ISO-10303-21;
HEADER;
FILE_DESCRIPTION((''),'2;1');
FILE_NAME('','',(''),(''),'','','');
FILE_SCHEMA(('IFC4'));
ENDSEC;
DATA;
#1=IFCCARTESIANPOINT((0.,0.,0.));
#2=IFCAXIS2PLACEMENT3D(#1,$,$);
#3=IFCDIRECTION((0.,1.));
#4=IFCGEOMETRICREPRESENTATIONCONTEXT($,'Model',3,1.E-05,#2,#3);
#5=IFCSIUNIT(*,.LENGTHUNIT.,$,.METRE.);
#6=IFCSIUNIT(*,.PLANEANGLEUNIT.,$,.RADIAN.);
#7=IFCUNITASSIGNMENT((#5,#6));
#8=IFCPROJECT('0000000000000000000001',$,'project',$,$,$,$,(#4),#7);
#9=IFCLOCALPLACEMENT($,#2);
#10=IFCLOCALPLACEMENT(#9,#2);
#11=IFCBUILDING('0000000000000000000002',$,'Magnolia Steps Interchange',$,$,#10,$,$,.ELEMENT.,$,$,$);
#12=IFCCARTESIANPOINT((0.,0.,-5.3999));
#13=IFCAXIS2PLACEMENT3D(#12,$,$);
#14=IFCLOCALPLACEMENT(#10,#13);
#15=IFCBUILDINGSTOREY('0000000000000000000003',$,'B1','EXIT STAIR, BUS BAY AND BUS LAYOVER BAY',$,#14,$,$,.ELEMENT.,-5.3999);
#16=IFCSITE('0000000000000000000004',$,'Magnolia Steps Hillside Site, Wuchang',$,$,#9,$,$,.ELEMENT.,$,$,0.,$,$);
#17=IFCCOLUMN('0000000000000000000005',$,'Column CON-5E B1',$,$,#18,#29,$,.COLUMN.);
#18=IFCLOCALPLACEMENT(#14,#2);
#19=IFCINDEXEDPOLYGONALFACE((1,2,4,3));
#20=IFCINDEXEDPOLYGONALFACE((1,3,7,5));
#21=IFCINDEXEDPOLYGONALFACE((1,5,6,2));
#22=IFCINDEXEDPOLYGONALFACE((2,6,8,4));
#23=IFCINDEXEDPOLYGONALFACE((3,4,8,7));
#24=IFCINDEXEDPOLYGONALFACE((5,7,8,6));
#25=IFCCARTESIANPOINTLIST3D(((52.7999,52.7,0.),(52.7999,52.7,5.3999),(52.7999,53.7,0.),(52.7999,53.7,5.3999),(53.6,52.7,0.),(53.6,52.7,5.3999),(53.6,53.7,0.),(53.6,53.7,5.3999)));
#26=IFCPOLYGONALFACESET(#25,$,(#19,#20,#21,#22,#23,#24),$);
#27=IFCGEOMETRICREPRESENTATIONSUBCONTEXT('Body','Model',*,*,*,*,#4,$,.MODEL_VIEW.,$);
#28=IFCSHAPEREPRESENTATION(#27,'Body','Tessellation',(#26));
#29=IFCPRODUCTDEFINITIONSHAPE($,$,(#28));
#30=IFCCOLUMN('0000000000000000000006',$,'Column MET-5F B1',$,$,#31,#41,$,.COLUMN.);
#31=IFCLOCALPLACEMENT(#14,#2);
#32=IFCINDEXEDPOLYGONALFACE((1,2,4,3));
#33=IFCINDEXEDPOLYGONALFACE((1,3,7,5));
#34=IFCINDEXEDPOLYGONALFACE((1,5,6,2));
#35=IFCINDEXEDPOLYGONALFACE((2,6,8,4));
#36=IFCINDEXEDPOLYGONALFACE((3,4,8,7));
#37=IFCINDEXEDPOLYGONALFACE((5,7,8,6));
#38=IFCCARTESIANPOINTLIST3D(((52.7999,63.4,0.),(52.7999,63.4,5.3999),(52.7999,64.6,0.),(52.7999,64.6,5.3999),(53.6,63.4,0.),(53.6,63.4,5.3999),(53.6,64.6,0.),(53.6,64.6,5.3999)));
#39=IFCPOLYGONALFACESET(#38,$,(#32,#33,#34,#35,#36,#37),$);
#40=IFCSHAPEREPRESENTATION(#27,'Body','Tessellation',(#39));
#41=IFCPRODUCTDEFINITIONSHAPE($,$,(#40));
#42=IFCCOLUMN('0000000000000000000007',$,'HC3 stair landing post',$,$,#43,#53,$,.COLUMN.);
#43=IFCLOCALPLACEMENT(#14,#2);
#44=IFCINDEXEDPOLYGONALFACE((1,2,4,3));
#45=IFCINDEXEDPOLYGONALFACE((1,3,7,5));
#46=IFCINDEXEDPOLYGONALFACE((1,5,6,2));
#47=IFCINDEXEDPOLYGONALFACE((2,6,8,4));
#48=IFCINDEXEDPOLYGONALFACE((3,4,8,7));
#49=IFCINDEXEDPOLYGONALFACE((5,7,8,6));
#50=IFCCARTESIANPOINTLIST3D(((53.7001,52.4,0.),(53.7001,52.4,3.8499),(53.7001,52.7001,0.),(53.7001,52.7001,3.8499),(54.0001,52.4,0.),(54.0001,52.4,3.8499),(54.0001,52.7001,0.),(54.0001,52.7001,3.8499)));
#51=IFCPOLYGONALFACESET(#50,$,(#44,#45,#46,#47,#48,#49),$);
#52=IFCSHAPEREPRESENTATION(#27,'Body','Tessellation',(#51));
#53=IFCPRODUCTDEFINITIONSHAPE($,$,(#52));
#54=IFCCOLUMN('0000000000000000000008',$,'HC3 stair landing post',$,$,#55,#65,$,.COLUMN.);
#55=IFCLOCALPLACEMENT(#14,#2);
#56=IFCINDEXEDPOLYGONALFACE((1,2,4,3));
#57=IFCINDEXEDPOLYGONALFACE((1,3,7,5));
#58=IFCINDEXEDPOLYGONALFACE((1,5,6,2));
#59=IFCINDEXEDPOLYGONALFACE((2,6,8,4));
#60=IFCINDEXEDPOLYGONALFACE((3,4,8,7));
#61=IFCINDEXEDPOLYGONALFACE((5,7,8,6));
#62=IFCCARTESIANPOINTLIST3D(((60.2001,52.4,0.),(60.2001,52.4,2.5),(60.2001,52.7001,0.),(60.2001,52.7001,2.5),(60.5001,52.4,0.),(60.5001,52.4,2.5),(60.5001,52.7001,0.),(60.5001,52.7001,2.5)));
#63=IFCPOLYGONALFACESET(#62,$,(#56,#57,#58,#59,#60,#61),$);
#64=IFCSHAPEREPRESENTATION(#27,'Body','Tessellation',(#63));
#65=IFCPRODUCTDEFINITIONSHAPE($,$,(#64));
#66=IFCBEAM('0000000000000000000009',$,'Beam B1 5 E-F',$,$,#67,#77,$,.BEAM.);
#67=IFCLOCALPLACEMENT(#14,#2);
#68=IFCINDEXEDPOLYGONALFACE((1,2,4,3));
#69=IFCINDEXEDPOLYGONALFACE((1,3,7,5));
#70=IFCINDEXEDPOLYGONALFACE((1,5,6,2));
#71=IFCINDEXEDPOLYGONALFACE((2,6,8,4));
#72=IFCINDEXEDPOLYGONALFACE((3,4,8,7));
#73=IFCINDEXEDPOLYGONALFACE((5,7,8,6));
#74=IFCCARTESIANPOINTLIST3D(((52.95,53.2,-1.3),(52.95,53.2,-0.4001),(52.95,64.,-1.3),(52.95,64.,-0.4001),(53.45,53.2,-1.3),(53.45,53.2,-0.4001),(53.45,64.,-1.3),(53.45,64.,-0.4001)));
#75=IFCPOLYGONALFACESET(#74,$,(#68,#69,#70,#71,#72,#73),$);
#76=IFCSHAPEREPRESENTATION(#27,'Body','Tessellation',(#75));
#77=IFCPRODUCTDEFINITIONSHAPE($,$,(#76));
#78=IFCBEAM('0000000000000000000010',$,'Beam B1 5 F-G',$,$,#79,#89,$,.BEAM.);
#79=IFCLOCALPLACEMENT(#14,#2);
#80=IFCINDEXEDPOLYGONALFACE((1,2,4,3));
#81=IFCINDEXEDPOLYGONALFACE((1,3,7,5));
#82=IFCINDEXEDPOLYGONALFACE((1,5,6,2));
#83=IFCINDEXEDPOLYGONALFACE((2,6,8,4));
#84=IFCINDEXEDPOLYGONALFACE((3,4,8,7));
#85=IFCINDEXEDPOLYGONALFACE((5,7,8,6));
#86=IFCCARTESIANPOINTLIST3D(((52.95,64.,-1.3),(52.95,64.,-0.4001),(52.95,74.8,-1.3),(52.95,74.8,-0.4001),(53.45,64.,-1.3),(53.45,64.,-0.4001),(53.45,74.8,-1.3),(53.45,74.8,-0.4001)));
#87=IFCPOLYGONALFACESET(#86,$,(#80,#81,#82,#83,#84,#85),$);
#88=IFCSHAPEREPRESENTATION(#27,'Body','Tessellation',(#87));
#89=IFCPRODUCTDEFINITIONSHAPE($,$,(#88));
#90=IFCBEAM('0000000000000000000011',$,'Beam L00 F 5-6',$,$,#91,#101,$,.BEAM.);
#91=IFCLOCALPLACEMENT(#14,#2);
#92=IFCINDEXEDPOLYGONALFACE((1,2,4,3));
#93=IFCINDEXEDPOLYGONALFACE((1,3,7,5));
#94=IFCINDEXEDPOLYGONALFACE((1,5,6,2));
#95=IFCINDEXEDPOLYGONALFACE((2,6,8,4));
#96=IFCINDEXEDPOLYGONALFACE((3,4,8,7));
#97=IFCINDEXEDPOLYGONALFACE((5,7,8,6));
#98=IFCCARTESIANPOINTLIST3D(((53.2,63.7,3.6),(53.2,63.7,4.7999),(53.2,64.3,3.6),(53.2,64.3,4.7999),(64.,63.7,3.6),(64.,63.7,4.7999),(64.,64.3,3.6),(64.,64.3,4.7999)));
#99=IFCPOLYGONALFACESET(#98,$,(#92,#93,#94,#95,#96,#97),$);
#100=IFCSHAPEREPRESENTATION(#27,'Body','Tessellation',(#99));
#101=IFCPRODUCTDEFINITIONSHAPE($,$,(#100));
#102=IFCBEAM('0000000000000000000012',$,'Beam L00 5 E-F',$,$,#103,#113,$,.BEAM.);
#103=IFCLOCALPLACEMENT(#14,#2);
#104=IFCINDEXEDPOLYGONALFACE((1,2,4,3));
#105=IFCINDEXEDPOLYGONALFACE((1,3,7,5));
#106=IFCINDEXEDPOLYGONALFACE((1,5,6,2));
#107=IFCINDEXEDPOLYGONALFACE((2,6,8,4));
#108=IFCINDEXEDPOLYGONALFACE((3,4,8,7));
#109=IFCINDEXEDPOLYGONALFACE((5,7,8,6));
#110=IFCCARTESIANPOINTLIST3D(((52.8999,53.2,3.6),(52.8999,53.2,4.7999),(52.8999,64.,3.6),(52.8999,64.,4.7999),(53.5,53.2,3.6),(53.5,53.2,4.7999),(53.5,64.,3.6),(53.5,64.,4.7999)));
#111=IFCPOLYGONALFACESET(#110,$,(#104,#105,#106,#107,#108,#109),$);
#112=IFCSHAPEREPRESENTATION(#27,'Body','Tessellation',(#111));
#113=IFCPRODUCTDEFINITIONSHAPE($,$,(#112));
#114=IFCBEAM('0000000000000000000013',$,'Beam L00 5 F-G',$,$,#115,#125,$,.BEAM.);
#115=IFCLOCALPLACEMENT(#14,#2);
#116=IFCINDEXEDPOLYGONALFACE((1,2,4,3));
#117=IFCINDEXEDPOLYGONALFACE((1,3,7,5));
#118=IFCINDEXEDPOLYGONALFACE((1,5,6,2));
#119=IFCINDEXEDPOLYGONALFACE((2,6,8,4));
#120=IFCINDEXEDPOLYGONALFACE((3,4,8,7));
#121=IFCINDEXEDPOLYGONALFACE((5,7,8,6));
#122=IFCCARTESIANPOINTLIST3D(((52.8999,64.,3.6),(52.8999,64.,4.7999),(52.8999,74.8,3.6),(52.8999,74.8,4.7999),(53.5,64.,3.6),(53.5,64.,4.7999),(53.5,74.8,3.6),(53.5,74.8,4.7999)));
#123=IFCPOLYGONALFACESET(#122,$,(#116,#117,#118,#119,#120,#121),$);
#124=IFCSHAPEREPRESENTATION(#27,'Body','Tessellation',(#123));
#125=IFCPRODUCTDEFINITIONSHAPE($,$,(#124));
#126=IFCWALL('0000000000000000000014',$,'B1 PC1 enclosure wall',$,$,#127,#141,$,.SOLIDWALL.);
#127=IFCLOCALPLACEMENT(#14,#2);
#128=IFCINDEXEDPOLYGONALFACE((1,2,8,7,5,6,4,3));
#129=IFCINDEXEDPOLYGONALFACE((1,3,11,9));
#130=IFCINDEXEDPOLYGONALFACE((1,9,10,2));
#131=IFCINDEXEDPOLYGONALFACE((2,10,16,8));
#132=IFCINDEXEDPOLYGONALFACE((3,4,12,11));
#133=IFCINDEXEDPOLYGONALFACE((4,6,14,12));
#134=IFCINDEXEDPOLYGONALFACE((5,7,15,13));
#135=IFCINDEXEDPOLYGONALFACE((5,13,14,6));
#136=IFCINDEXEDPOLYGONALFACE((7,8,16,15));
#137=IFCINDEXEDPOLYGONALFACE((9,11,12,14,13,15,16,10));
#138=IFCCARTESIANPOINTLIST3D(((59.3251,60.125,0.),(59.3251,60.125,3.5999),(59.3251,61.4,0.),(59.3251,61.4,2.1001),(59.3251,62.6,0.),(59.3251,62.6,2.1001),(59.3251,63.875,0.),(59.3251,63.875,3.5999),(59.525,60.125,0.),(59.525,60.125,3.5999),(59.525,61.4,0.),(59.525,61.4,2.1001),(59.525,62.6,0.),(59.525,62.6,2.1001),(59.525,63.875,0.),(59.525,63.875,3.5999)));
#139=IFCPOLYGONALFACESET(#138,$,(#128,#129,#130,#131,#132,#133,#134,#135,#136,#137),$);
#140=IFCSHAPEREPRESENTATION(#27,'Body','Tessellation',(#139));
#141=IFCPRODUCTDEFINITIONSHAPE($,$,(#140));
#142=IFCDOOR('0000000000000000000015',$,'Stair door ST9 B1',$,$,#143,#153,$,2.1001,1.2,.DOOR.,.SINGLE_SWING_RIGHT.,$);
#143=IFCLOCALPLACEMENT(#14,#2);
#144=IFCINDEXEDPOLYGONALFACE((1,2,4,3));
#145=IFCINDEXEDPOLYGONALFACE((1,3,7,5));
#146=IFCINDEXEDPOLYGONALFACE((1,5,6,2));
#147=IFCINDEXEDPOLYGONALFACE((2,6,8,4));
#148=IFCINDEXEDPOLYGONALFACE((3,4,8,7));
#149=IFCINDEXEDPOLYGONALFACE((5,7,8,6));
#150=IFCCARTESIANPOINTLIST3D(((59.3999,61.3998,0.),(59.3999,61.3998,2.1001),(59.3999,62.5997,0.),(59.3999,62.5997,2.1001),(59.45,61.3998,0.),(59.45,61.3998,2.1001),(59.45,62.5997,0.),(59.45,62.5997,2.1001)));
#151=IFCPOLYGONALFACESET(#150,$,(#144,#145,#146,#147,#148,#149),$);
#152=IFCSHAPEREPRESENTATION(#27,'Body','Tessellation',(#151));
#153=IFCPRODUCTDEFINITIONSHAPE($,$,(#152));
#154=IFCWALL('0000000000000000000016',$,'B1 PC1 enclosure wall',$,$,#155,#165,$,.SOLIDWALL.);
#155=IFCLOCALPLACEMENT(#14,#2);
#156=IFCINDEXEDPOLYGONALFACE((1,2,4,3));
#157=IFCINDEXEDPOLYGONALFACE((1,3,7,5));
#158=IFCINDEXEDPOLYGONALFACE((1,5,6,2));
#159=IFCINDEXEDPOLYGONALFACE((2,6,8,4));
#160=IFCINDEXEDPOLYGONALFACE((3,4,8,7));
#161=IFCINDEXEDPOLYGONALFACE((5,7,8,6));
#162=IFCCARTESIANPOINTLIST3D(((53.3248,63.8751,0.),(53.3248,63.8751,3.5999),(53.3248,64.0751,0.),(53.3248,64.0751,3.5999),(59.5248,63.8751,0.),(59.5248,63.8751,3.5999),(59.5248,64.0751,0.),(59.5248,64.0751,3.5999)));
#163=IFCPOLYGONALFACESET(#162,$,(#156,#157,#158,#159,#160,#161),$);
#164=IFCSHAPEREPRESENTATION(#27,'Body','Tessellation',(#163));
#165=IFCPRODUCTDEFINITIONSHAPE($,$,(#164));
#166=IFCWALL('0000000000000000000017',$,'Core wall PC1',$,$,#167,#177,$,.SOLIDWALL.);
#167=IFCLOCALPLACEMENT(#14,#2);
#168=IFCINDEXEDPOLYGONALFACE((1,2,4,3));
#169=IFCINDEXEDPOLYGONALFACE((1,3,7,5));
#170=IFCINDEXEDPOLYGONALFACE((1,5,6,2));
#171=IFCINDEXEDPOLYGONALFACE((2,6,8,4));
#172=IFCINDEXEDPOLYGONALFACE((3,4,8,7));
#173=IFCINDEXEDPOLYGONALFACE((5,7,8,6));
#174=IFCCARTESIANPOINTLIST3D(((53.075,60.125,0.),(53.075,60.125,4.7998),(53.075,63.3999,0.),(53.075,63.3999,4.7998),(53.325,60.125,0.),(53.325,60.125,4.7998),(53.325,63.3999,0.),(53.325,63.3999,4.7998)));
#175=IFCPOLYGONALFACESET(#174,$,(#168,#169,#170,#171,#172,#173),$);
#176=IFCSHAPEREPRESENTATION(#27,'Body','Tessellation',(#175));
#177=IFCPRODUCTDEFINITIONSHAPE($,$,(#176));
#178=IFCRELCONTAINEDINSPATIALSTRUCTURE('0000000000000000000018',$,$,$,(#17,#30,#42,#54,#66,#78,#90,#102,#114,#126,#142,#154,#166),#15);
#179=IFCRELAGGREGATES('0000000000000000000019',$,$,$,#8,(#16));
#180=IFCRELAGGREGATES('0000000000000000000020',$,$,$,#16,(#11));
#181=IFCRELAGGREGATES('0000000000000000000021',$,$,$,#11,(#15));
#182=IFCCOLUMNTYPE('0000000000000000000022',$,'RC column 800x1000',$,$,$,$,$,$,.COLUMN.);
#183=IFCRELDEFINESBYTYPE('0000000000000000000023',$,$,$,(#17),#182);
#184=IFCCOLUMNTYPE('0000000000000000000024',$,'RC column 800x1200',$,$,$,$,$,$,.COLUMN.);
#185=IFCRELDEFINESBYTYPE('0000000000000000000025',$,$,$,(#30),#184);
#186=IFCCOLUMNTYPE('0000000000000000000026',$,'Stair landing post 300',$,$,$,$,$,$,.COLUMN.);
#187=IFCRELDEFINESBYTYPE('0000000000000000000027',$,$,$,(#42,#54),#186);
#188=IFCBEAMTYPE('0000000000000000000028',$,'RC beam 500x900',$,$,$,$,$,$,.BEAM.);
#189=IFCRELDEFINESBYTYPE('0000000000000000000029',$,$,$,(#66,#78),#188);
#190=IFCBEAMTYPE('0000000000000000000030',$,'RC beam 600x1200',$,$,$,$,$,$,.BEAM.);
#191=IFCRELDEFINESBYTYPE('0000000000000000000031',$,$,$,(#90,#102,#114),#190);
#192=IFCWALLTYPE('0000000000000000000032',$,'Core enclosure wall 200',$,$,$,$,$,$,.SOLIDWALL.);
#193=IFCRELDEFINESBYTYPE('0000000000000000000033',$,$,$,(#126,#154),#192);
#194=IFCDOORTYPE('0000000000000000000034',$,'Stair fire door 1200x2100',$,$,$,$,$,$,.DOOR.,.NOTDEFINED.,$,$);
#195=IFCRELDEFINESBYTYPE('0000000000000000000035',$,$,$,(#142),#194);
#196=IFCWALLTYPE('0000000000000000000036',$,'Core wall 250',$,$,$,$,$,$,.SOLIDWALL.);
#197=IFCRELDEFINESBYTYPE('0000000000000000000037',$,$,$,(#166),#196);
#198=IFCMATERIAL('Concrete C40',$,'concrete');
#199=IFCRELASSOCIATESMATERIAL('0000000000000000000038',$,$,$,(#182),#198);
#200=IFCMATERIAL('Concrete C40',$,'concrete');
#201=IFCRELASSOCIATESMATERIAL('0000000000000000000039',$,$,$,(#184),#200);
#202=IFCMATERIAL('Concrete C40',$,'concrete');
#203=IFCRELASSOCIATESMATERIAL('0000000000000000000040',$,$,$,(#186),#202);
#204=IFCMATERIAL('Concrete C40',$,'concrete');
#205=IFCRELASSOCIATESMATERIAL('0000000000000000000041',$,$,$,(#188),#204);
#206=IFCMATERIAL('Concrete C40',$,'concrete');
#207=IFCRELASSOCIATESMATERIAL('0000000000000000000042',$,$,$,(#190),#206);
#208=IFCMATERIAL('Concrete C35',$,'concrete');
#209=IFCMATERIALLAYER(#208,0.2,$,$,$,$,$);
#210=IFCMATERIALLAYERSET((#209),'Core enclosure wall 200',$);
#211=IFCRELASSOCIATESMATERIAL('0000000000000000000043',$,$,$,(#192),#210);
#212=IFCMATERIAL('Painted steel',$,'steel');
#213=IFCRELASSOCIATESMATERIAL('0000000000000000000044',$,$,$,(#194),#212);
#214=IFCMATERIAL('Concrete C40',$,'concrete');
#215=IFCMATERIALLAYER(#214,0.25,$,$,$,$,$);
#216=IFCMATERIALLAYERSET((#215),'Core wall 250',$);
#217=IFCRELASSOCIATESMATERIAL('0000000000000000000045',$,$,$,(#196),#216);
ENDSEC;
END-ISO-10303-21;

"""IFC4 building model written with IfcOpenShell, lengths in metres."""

from ifc_helpers import new_model, si_unit, direction, frame, frame_2d, origin, origin_2d, place, context, subcontext, project, spatial, rectangle, extrude, material, layer, layer_set, material_profile, profile_set, type_object, element, fill, save


model = new_model("IFC4")

# Units and contexts
model_context = context("Model", 3, precision=1e-05, world=origin(), true_north=direction((0.0, 1.0)))
body_context = subcontext(model_context, "Body", "Model", "MODEL_VIEW")
ifc_project = project(units=[si_unit("LENGTHUNIT", "METRE"), si_unit("PLANEANGLEUNIT", "RADIAN")], contexts=[model_context])

# Site, building, storey
site_placement = place(None, origin())
site = spatial("IfcSite", under=ifc_project, at=site_placement, Name="Magnolia Steps Hillside Site, Wuchang", CompositionType="ELEMENT", RefElevation=0.0)
building_placement = place(site_placement, origin())
building = spatial("IfcBuilding", under=site, at=building_placement, Name="Magnolia Steps Interchange", CompositionType="ELEMENT")
storey_placement = place(building_placement, frame((0.0, 0.0, -5.3999)))
storey = spatial("IfcBuildingStorey", under=building, at=storey_placement, Name="B1", Description="EXIT STAIR, BUS BAY AND BUS LAYOVER BAY", CompositionType="ELEMENT", Elevation=-5.3999)

# Columns
ifc_material_1 = material(Name="Concrete C40", Category="concrete")
ifc_material_profile_1 = material_profile(ifc_material_1, rectangle(XDim=0.8, YDim=1.0, at=origin_2d()), Name="RC800x1000")
ifc_profile_set_1 = profile_set([ifc_material_profile_1], Name="Concrete C40")
column_type_1 = type_object("IfcColumnType", Name="RC column 800x1000", PredefinedType="COLUMN", material=ifc_profile_set_1)
column_1_placement = place(storey_placement, frame((53.2, 53.2, 0.0), z_axis=(0.0, 0.0, 1.0), x_axis=(1.0, 0.0, 0.0)))
element("IfcColumn", 1, at=column_1_placement, inside=storey, type_object=column_type_1, Name="Column CON-5E B1", PredefinedType="COLUMN", context=body_context, shape_type="SweptSolid", body=[
    extrude(rectangle(XDim=0.8, YDim=1.0, at=origin_2d()), origin(), (0.0, 0.0, 1.0), 5.3999),
])
ifc_material_2 = material(Name="Concrete C40", Category="concrete")
ifc_material_profile_2 = material_profile(ifc_material_2, rectangle(XDim=0.8, YDim=1.2, at=origin_2d()), Name="RC800x1200")
ifc_profile_set_2 = profile_set([ifc_material_profile_2], Name="Concrete C40")
column_type_2 = type_object("IfcColumnType", Name="RC column 800x1200", PredefinedType="COLUMN", material=ifc_profile_set_2)
column_2_placement = place(storey_placement, frame((53.2, 64.0, 0.0), z_axis=(0.0, 0.0, 1.0), x_axis=(1.0, 0.0, 0.0)))
element("IfcColumn", 2, at=column_2_placement, inside=storey, type_object=column_type_2, Name="Column MET-5F B1", PredefinedType="COLUMN", context=body_context, shape_type="SweptSolid", body=[
    extrude(rectangle(XDim=0.8, YDim=1.2, at=origin_2d()), origin(), (0.0, 0.0, 1.0), 5.3999),
])
ifc_material_3 = material(Name="Concrete C40", Category="concrete")
ifc_material_profile_3 = material_profile(ifc_material_3, rectangle(XDim=0.3, YDim=0.3, at=origin_2d()), Name="RC300x300")
ifc_profile_set_3 = profile_set([ifc_material_profile_3], Name="Concrete C40")
column_type_3 = type_object("IfcColumnType", Name="Stair landing post 300", PredefinedType="COLUMN", material=ifc_profile_set_3)
column_3_placement = place(storey_placement, frame((53.8501, 52.55, 0.0), z_axis=(0.0, 0.0, 1.0), x_axis=(1.0, 0.0, 0.0)))
element("IfcColumn", 3, at=column_3_placement, inside=storey, type_object=column_type_3, Name="HC3 stair landing post", PredefinedType="COLUMN", context=body_context, shape_type="SweptSolid", body=[
    extrude(rectangle(XDim=0.3, YDim=0.3, at=origin_2d()), origin(), (0.0, 0.0, 1.0), 3.8499),
])
column_4_placement = place(storey_placement, frame((60.3501, 52.55, 0.0), z_axis=(0.0, 0.0, 1.0), x_axis=(1.0, 0.0, 0.0)))
element("IfcColumn", 4, at=column_4_placement, inside=storey, type_object=column_type_3, Name="HC3 stair landing post", PredefinedType="COLUMN", context=body_context, shape_type="SweptSolid", body=[
    extrude(rectangle(XDim=0.3, YDim=0.3, at=origin_2d()), origin(), (0.0, 0.0, 1.0), 2.5),
])

# Beams
ifc_material_4 = material(Name="Concrete C40", Category="concrete")
ifc_material_profile_4 = material_profile(ifc_material_4, rectangle(XDim=0.5, YDim=0.8999, at=origin_2d()), Name="RC500x900")
ifc_profile_set_4 = profile_set([ifc_material_profile_4], Name="Concrete C40")
beam_type_1 = type_object("IfcBeamType", Name="RC beam 500x900", PredefinedType="BEAM", material=ifc_profile_set_4)
for number, where, z_axis, x_axis, name in (
    (5, (53.2, 53.2, -0.8501), (0.0, 1.0, 0.0), (-1.0, 0.0, 0.0), "Beam B1 5 E-F"),
    (6, (53.2, 64.0, -0.8501), (0.0, 1.0, 0.0), (-1.0, 0.0, 0.0), "Beam B1 5 F-G"),
):
    element("IfcBeam", number, at=place(storey_placement, frame(where, z_axis=z_axis, x_axis=x_axis)), inside=storey, type_object=beam_type_1, Name=name, PredefinedType="BEAM", context=body_context, shape_type="SweptSolid", body=[
        extrude(rectangle(XDim=0.5, YDim=0.8999, at=origin_2d()), origin(), (0.0, 0.0, 1.0), 10.8),
    ])
ifc_material_5 = material(Name="Concrete C40", Category="concrete")
ifc_material_profile_5 = material_profile(ifc_material_5, rectangle(XDim=0.6001, YDim=1.2, at=origin_2d()), Name="RC600x1200")
ifc_profile_set_5 = profile_set([ifc_material_profile_5], Name="Concrete C40")
beam_type_2 = type_object("IfcBeamType", Name="RC beam 600x1200", PredefinedType="BEAM", material=ifc_profile_set_5)
for number, where, z_axis, x_axis, name in (
    (7, (53.2, 64.0, 4.2), (1.0, 0.0, 0.0), (0.0, 1.0, 0.0), "Beam L00 F 5-6"),
    (8, (53.2, 53.2, 4.2), (0.0, 1.0, 0.0), (-1.0, 0.0, 0.0), "Beam L00 5 E-F"),
    (9, (53.2, 64.0, 4.2), (0.0, 1.0, 0.0), (-1.0, 0.0, 0.0), "Beam L00 5 F-G"),
):
    element("IfcBeam", number, at=place(storey_placement, frame(where, z_axis=z_axis, x_axis=x_axis)), inside=storey, type_object=beam_type_2, Name=name, PredefinedType="BEAM", context=body_context, shape_type="SweptSolid", body=[
        extrude(rectangle(XDim=0.6001, YDim=1.2, at=origin_2d()), origin(), (0.0, 0.0, 1.0), 10.8),
    ])

# Wall, opening, door
ifc_material_6 = material(Name="Concrete C35", Category="concrete")
ifc_layer_1 = layer(ifc_material_6, 0.2)
ifc_layer_set_1 = layer_set([ifc_layer_1], Name="Core enclosure wall 200")
wall_type_1 = type_object("IfcWallType", Name="Core enclosure wall 200", PredefinedType="SOLIDWALL", material=ifc_layer_set_1)
wall_1_placement = place(storey_placement, frame((59.425, 60.125, 0.0), z_axis=(0.0, 0.0, 1.0), x_axis=(0.0, 1.0, 0.0)))
wall_1 = element("IfcWall", 10, at=wall_1_placement, inside=storey, type_object=wall_type_1, Name="B1 PC1 enclosure wall", PredefinedType="SOLIDWALL", context=body_context, shape_type="SweptSolid", body=[
    extrude(rectangle(XDim=3.75, YDim=0.2, at=frame_2d((1.875, 0.0))), origin(), (0.0, 0.0, 1.0), 3.5999),
])
opening_placement = place(wall_1_placement, frame((1.2749, 0.0, 0.0)))
opening = element("IfcOpeningElement", 11, at=opening_placement, cuts=wall_1, PredefinedType="OPENING", context=body_context, shape_type="SweptSolid", body=[
    extrude(rectangle(XDim=1.2, YDim=2.1001, at=frame_2d((0.6001, 1.05))), frame((0.0, 0.1099, 0.0), z_axis=(0.0, -1.0, 0.0), x_axis=(1.0, 0.0, 0.0)), (0.0, 0.0, 1.0), 0.22),
])
ifc_material_7 = material(Name="Painted steel", Category="steel")
door_type = type_object("IfcDoorType", Name="Stair fire door 1200x2100", OperationType="NOTDEFINED", PredefinedType="DOOR", material=ifc_material_7)
door_placement = place(opening_placement, frame((1.2, 0.0, 0.0), z_axis=(0.0, 0.0, 1.0), x_axis=(-1.0, 0.0, 0.0)))
door = element("IfcDoor", 12, at=door_placement, inside=storey, type_object=door_type, Name="Stair door ST9 B1", OperationType="SINGLE_SWING_RIGHT", OverallHeight=2.1001, OverallWidth=1.2, PredefinedType="DOOR", context=body_context, shape_type="SweptSolid", body=[
    extrude(rectangle(XDim=1.2, YDim=2.1001, at=frame_2d((0.6001, 1.05))), frame((0.0, 0.0249, 0.0), z_axis=(0.0, -1.0, 0.0), x_axis=(1.0, 0.0, 0.0)), (0.0, 0.0, 1.0), 0.05),
])
fill(opening, door)

# Walls
wall_2_placement = place(storey_placement, frame((59.5249, 63.9751, 0.0), z_axis=(0.0, 0.0, 1.0), x_axis=(-1.0, 0.0, 0.0)))
element("IfcWall", 13, at=wall_2_placement, inside=storey, type_object=wall_type_1, Name="B1 PC1 enclosure wall", PredefinedType="SOLIDWALL", context=body_context, shape_type="SweptSolid", body=[
    extrude(rectangle(XDim=6.2, YDim=0.2, at=frame_2d((3.1001, 0.0))), origin(), (0.0, 0.0, 1.0), 3.5999),
])
ifc_material_8 = material(Name="Concrete C40", Category="concrete")
ifc_layer_2 = layer(ifc_material_8, 0.25)
ifc_layer_set_2 = layer_set([ifc_layer_2], Name="Core wall 250")
wall_type_2 = type_object("IfcWallType", Name="Core wall 250", PredefinedType="SOLIDWALL", material=ifc_layer_set_2)
wall_3_placement = place(storey_placement, frame((53.2, 63.3999, 0.0), z_axis=(0.0, 0.0, 1.0), x_axis=(0.0, -1.0, 0.0)))
element("IfcWall", 14, at=wall_3_placement, inside=storey, type_object=wall_type_2, Name="Core wall PC1", PredefinedType="SOLIDWALL", context=body_context, shape_type="SweptSolid", body=[
    extrude(rectangle(XDim=3.2749, YDim=0.25, at=frame_2d((1.6375, 0.0))), origin(), (0.0, 0.0, 1.0), 4.7998),
])

save(model, "model.ifc")
